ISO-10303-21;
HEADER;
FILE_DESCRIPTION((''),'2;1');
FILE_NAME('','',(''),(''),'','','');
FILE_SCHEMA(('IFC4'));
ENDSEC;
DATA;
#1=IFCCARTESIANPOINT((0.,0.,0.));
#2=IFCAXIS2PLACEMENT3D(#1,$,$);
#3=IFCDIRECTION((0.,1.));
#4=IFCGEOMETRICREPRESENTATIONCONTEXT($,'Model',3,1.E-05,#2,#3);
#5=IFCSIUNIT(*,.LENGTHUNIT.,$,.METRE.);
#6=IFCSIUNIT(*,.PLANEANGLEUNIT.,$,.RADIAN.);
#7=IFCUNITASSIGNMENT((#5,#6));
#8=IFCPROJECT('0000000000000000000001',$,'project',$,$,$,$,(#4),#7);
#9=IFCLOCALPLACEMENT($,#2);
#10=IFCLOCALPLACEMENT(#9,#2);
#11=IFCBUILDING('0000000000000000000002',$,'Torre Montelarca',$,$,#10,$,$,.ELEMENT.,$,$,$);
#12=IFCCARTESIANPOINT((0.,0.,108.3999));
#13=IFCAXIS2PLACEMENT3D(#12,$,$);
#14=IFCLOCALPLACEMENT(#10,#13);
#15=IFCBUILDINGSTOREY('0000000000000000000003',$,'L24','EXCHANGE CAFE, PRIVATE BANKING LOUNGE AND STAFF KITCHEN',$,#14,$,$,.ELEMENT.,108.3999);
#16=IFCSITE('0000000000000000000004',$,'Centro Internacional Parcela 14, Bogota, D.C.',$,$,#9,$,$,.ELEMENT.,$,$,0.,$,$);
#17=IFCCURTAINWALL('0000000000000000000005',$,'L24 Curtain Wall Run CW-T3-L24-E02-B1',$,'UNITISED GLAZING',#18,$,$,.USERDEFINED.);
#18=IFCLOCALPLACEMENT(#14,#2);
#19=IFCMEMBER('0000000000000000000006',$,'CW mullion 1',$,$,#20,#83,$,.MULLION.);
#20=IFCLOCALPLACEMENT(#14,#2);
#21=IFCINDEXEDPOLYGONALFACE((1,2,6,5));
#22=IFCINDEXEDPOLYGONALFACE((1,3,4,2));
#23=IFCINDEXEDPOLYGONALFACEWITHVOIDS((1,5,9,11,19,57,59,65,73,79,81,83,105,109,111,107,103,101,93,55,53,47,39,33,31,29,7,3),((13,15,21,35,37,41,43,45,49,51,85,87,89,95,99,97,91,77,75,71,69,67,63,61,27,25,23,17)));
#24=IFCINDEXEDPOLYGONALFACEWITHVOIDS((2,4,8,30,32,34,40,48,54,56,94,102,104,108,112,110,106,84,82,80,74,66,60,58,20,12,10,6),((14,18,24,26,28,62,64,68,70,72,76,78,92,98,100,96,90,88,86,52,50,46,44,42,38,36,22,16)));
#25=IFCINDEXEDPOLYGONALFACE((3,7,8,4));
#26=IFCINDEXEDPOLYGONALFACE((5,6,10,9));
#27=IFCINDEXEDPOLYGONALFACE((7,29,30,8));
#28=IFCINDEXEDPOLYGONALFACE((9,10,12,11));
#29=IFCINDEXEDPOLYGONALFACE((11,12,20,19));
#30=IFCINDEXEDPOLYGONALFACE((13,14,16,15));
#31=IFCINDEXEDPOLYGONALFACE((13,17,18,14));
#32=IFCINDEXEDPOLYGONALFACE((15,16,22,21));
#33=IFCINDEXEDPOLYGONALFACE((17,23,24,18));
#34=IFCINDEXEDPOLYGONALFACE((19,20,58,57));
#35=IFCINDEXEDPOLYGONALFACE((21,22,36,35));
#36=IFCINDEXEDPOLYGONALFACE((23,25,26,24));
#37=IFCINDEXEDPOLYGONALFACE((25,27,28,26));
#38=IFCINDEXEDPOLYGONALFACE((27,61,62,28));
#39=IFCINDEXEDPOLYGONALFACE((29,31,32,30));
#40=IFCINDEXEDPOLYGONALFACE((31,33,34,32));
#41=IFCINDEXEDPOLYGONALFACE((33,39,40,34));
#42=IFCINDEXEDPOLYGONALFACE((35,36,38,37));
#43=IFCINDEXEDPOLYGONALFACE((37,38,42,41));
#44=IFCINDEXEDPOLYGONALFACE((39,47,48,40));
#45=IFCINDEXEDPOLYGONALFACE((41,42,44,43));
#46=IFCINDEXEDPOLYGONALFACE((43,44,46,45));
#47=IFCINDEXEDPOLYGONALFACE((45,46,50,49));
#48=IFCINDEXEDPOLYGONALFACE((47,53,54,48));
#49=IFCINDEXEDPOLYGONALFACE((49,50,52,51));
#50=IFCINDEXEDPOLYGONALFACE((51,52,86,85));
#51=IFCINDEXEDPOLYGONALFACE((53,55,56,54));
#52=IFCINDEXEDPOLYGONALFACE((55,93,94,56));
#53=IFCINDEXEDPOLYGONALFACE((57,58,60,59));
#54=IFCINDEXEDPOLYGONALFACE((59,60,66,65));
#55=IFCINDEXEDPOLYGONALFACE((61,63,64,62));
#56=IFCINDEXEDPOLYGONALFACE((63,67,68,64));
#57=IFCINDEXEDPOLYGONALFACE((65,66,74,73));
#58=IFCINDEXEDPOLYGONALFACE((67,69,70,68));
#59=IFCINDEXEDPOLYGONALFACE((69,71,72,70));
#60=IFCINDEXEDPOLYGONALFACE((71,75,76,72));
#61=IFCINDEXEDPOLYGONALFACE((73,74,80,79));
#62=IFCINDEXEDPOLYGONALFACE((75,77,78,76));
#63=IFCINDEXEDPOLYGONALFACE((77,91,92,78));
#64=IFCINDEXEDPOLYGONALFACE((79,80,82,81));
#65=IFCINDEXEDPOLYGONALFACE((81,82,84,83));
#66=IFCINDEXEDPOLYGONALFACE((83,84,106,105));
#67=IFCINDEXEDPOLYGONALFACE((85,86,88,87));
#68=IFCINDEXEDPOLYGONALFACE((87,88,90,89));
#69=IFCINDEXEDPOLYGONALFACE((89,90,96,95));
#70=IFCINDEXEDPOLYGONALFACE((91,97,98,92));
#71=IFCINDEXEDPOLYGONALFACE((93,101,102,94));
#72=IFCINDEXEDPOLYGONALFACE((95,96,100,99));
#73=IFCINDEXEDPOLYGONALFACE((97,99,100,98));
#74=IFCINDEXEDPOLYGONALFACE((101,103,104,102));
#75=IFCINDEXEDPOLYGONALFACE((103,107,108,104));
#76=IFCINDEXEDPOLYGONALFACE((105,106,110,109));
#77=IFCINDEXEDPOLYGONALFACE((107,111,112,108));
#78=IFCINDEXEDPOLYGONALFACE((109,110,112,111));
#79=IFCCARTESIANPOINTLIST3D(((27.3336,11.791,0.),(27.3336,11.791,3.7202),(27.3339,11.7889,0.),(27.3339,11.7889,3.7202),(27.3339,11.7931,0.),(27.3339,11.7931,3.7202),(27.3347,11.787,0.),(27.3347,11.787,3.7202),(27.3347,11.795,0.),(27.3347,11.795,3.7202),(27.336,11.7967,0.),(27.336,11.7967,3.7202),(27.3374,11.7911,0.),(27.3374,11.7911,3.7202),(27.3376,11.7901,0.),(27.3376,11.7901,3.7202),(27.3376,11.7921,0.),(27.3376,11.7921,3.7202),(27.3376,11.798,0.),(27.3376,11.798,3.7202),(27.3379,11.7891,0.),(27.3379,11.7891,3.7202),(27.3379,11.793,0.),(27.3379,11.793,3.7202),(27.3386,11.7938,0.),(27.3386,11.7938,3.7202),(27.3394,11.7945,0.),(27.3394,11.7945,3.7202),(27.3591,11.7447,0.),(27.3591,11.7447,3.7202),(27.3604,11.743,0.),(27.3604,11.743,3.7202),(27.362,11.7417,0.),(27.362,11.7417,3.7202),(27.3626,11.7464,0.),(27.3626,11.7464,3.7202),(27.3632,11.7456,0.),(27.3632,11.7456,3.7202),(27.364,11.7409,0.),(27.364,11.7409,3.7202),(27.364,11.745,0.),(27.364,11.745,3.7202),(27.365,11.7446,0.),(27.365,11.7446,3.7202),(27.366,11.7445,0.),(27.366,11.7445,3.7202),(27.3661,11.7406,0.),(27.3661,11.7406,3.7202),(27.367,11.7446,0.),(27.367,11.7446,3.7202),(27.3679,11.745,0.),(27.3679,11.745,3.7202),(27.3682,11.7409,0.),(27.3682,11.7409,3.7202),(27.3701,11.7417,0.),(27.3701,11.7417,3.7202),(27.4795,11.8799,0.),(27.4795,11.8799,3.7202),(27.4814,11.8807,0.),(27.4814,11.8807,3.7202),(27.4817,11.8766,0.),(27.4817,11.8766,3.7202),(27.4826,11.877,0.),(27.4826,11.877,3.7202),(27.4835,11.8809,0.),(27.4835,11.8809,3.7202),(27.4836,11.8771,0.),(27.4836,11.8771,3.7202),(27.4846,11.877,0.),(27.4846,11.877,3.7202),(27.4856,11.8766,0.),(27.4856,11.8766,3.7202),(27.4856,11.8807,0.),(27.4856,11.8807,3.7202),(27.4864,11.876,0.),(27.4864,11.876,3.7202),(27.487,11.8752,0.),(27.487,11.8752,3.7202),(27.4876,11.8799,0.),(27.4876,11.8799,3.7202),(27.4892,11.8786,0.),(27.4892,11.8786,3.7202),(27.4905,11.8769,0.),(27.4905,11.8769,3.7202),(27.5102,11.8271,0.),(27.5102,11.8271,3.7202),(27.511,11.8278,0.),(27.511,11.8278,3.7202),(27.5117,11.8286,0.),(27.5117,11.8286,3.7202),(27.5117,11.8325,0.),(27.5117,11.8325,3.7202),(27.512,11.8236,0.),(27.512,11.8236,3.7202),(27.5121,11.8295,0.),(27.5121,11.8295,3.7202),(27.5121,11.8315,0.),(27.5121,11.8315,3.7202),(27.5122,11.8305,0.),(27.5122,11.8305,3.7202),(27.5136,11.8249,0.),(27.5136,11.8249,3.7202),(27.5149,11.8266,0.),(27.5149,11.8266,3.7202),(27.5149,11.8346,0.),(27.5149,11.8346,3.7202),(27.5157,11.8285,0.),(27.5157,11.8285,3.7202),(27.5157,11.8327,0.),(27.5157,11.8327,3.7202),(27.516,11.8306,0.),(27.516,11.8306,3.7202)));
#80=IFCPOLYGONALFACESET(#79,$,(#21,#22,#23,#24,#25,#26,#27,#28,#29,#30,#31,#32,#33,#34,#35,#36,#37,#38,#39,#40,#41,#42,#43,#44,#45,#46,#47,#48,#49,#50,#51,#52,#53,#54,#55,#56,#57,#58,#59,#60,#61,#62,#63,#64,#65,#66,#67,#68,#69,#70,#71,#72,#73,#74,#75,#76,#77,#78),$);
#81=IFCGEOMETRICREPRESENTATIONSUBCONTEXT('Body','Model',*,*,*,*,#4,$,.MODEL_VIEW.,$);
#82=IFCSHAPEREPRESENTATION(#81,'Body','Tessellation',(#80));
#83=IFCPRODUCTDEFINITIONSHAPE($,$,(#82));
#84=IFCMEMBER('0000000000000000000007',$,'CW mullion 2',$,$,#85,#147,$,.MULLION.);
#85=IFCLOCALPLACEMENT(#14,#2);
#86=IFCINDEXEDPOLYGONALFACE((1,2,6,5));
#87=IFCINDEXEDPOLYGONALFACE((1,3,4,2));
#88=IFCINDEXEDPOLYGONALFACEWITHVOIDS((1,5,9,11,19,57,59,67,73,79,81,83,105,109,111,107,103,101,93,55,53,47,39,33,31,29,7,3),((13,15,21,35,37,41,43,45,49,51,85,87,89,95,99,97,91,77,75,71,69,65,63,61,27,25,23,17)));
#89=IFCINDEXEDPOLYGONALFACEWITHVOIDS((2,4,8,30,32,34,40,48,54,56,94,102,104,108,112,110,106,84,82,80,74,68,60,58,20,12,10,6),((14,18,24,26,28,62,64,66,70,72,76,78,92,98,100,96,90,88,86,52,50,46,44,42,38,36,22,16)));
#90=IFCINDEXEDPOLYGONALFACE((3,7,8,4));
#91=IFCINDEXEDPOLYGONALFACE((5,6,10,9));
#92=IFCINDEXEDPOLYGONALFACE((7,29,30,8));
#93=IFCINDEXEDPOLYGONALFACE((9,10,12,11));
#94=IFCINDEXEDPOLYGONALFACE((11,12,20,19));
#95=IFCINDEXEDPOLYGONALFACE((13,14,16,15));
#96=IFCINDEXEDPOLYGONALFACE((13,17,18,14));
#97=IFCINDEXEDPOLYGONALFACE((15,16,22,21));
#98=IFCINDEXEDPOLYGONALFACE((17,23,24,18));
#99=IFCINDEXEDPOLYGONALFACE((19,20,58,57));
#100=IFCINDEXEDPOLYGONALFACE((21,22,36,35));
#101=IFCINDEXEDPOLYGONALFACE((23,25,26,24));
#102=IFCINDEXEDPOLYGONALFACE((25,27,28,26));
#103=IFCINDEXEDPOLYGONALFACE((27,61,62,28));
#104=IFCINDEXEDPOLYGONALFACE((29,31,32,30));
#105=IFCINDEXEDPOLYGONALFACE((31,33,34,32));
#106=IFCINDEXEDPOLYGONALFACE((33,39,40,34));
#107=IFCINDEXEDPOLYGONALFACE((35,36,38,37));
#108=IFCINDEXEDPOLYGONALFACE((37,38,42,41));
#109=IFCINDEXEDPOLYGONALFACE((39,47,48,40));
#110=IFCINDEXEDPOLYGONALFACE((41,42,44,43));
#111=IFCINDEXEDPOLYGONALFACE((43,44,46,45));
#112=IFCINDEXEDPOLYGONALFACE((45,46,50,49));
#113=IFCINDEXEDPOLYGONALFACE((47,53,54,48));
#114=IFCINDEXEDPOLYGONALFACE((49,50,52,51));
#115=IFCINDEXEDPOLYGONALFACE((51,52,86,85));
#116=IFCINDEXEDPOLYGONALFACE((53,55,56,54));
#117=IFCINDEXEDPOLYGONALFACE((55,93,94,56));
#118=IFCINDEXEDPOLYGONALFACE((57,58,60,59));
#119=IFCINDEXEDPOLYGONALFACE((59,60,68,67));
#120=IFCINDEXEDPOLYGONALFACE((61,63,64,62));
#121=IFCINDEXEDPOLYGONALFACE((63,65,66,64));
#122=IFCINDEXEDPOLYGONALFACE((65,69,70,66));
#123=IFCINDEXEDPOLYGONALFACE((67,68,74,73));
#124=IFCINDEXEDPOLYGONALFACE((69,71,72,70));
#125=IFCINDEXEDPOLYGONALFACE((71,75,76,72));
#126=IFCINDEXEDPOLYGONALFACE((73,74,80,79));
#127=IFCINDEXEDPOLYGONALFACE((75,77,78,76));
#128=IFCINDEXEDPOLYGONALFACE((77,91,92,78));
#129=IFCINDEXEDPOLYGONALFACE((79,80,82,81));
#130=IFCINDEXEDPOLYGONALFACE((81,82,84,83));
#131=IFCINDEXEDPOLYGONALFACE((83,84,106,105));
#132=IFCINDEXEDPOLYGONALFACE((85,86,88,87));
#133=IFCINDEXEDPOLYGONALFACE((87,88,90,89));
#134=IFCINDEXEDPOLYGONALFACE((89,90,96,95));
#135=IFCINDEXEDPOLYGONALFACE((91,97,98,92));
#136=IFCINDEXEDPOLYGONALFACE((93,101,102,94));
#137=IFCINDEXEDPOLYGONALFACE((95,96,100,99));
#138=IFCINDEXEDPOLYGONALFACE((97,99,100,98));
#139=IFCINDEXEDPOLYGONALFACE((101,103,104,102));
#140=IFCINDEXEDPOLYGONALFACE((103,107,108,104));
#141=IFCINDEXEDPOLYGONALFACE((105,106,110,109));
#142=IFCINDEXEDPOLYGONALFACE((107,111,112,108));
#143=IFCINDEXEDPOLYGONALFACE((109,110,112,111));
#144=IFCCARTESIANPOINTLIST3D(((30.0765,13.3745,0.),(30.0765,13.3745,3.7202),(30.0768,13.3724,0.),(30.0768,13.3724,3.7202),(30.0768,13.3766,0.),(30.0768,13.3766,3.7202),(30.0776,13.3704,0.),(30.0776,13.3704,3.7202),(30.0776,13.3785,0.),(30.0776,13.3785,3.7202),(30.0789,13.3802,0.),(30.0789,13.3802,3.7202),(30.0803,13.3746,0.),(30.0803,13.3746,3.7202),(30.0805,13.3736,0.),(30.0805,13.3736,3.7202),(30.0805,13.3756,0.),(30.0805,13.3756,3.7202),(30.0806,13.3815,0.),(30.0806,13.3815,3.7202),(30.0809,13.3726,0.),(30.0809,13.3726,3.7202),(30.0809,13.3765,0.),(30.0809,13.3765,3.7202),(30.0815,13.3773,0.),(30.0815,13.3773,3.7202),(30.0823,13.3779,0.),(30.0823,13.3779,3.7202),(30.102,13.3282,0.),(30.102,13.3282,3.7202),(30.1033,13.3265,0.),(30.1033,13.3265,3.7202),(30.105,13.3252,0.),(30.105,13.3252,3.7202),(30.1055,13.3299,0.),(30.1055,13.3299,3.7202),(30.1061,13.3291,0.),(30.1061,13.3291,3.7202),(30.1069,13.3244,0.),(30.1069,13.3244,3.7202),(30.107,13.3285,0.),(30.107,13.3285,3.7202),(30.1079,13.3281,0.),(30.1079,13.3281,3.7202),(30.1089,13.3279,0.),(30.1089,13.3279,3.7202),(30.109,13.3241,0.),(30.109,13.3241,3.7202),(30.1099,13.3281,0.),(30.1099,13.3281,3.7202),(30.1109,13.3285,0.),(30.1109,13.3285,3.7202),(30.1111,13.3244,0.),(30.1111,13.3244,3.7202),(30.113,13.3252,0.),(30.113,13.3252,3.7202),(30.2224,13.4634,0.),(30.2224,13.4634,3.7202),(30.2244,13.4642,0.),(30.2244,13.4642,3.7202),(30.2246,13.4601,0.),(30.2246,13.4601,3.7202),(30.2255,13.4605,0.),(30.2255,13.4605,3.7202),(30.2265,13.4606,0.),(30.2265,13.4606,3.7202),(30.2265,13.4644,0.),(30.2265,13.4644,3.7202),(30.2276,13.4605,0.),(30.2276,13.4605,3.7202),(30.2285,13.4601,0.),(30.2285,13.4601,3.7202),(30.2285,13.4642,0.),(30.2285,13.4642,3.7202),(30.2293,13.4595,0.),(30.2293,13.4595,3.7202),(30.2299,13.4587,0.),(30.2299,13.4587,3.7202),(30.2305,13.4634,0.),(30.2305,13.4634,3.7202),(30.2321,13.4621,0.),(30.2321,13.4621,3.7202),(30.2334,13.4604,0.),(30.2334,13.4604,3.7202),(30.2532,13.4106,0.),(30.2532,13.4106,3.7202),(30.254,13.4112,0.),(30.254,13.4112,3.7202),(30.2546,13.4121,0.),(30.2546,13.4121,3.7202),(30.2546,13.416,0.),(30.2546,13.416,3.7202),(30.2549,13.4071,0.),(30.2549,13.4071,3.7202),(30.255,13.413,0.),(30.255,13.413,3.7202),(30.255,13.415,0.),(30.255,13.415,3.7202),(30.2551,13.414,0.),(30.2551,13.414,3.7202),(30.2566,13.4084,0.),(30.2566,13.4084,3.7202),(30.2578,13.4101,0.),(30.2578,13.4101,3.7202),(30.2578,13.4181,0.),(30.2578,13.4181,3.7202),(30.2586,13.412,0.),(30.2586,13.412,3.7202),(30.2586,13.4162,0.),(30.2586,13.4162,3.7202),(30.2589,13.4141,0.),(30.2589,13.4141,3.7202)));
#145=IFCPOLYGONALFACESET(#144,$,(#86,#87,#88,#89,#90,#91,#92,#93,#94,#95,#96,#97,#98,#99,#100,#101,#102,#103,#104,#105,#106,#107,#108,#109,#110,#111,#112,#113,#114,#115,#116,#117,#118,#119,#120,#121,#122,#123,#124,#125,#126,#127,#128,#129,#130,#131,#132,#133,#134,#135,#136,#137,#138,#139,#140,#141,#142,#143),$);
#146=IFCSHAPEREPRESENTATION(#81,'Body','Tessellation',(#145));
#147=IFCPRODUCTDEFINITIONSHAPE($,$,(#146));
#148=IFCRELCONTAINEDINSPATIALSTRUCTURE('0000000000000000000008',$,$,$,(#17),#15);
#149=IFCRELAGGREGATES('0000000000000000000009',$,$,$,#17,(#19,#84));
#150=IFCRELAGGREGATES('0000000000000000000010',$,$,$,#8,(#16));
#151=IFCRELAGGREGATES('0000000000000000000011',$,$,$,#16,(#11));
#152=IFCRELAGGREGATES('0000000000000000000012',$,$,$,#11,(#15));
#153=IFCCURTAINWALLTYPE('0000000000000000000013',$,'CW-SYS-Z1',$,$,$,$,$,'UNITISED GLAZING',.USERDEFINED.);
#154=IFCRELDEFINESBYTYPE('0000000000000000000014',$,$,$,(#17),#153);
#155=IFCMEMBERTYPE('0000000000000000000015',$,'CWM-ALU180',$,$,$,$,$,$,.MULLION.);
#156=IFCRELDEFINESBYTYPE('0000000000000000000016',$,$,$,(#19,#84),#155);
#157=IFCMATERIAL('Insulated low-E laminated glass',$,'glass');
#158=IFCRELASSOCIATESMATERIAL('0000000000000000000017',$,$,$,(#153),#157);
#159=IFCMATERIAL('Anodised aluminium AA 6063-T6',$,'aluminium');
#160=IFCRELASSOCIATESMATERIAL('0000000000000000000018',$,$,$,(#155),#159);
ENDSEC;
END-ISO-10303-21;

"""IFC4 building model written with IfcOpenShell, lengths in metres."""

from ifc_helpers import new_model, si_unit, direction, frame, origin, origin_2d, place, context, subcontext, project, spatial, hollow_rectangle, extrude, source, transform, mapped, material, material_profile, profile_set, type_object, element, aggregate, save


model = new_model("IFC4")

# Units and contexts
model_context = context("Model", 3, precision=1e-05, world=origin(), true_north=direction((0.0, 1.0)))
body_context = subcontext(model_context, "Body", "Model", "MODEL_VIEW")
ifc_project = project(units=[si_unit("LENGTHUNIT", "METRE"), si_unit("PLANEANGLEUNIT", "RADIAN")], contexts=[model_context])

# Site, building, storey
site_placement = place(None, origin())
site = spatial("IfcSite", under=ifc_project, at=site_placement, Name="Centro Internacional Parcela 14, Bogota, D.C.", CompositionType="ELEMENT", RefElevation=0.0)
building_placement = place(site_placement, origin())
building = spatial("IfcBuilding", under=site, at=building_placement, Name="Torre Montelarca", CompositionType="ELEMENT")
storey_placement = place(building_placement, frame((0.0, 0.0, 108.3999)))
storey = spatial("IfcBuildingStorey", under=building, at=storey_placement, Name="L24", Description="EXCHANGE CAFE, PRIVATE BANKING LOUNGE AND STAFF KITCHEN", CompositionType="ELEMENT", Elevation=108.3999)

# Curtain wall
ifc_material_1 = material(Name="Insulated low-E laminated glass", Category="glass")
curtain_wall_type = type_object("IfcCurtainWallType", Name="CW-SYS-Z1", ElementType="UNITISED GLAZING", PredefinedType="USERDEFINED", material=ifc_material_1)
curtain_wall_1_placement = place(storey_placement, origin())
curtain_wall_1 = element("IfcCurtainWall", 1, at=curtain_wall_1_placement, inside=storey, type_object=curtain_wall_type, Name="L24 Curtain Wall Run CW-T3-L24-E02-B1", ObjectType="UNITISED GLAZING", PredefinedType="USERDEFINED")
ifc_material_2 = material(Name="Anodised aluminium AA 6063-T6", Category="aluminium")

# Members
ifc_material_profile_1 = material_profile(ifc_material_2, hollow_rectangle(XDim=0.0649, YDim=0.1799, WallThickness=0.0039, InnerFilletRadius=0.0039, OuterFilletRadius=0.0081, at=origin_2d()), Name="ALU65X180X4", Category="aluminium")
ifc_profile_set_1 = profile_set([ifc_material_profile_1], Name="Anodised aluminium AA 6063-T6")
member_type_1 = type_object("IfcMemberType", Name="CWM-ALU180", PredefinedType="MULLION", material=ifc_profile_set_1)
shared_shape_1 = source(origin(), body_context, "Body", "SweptSolid", [
    extrude(hollow_rectangle(XDim=0.0649, YDim=0.1799, WallThickness=0.0039, InnerFilletRadius=0.0039, OuterFilletRadius=0.0081, at=origin_2d()), origin(), (0.0, 0.0, 1.0), 3.7202),
])
member_1_placement = place(storey_placement, frame((27.4248, 11.8108, 0.0), z_axis=(0.0, 0.0, 1.0), x_axis=(-0.500001, 0.866025, 0.0)))
member_1 = element("IfcMember", 2, at=member_1_placement, type_object=member_type_1, Name="CW mullion 1", PredefinedType="MULLION", context=body_context, shape_type="MappedRepresentation", body=[
    mapped(shared_shape_1, transform((0.0, 0.0, 0.0), scale=1.0)),
])
member_2_placement = place(storey_placement, frame((30.1677, 13.3943, 0.0), z_axis=(0.0, 0.0, 1.0), x_axis=(-0.500001, 0.866025, 0.0)))
member_2 = element("IfcMember", 3, at=member_2_placement, type_object=member_type_1, Name="CW mullion 2", PredefinedType="MULLION", context=body_context, shape_type="MappedRepresentation", body=[
    mapped(shared_shape_1, transform((0.0, 0.0, 0.0), scale=1.0)),
])

aggregate(curtain_wall_1, [member_1, member_2])

save(model, "model.ifc")
